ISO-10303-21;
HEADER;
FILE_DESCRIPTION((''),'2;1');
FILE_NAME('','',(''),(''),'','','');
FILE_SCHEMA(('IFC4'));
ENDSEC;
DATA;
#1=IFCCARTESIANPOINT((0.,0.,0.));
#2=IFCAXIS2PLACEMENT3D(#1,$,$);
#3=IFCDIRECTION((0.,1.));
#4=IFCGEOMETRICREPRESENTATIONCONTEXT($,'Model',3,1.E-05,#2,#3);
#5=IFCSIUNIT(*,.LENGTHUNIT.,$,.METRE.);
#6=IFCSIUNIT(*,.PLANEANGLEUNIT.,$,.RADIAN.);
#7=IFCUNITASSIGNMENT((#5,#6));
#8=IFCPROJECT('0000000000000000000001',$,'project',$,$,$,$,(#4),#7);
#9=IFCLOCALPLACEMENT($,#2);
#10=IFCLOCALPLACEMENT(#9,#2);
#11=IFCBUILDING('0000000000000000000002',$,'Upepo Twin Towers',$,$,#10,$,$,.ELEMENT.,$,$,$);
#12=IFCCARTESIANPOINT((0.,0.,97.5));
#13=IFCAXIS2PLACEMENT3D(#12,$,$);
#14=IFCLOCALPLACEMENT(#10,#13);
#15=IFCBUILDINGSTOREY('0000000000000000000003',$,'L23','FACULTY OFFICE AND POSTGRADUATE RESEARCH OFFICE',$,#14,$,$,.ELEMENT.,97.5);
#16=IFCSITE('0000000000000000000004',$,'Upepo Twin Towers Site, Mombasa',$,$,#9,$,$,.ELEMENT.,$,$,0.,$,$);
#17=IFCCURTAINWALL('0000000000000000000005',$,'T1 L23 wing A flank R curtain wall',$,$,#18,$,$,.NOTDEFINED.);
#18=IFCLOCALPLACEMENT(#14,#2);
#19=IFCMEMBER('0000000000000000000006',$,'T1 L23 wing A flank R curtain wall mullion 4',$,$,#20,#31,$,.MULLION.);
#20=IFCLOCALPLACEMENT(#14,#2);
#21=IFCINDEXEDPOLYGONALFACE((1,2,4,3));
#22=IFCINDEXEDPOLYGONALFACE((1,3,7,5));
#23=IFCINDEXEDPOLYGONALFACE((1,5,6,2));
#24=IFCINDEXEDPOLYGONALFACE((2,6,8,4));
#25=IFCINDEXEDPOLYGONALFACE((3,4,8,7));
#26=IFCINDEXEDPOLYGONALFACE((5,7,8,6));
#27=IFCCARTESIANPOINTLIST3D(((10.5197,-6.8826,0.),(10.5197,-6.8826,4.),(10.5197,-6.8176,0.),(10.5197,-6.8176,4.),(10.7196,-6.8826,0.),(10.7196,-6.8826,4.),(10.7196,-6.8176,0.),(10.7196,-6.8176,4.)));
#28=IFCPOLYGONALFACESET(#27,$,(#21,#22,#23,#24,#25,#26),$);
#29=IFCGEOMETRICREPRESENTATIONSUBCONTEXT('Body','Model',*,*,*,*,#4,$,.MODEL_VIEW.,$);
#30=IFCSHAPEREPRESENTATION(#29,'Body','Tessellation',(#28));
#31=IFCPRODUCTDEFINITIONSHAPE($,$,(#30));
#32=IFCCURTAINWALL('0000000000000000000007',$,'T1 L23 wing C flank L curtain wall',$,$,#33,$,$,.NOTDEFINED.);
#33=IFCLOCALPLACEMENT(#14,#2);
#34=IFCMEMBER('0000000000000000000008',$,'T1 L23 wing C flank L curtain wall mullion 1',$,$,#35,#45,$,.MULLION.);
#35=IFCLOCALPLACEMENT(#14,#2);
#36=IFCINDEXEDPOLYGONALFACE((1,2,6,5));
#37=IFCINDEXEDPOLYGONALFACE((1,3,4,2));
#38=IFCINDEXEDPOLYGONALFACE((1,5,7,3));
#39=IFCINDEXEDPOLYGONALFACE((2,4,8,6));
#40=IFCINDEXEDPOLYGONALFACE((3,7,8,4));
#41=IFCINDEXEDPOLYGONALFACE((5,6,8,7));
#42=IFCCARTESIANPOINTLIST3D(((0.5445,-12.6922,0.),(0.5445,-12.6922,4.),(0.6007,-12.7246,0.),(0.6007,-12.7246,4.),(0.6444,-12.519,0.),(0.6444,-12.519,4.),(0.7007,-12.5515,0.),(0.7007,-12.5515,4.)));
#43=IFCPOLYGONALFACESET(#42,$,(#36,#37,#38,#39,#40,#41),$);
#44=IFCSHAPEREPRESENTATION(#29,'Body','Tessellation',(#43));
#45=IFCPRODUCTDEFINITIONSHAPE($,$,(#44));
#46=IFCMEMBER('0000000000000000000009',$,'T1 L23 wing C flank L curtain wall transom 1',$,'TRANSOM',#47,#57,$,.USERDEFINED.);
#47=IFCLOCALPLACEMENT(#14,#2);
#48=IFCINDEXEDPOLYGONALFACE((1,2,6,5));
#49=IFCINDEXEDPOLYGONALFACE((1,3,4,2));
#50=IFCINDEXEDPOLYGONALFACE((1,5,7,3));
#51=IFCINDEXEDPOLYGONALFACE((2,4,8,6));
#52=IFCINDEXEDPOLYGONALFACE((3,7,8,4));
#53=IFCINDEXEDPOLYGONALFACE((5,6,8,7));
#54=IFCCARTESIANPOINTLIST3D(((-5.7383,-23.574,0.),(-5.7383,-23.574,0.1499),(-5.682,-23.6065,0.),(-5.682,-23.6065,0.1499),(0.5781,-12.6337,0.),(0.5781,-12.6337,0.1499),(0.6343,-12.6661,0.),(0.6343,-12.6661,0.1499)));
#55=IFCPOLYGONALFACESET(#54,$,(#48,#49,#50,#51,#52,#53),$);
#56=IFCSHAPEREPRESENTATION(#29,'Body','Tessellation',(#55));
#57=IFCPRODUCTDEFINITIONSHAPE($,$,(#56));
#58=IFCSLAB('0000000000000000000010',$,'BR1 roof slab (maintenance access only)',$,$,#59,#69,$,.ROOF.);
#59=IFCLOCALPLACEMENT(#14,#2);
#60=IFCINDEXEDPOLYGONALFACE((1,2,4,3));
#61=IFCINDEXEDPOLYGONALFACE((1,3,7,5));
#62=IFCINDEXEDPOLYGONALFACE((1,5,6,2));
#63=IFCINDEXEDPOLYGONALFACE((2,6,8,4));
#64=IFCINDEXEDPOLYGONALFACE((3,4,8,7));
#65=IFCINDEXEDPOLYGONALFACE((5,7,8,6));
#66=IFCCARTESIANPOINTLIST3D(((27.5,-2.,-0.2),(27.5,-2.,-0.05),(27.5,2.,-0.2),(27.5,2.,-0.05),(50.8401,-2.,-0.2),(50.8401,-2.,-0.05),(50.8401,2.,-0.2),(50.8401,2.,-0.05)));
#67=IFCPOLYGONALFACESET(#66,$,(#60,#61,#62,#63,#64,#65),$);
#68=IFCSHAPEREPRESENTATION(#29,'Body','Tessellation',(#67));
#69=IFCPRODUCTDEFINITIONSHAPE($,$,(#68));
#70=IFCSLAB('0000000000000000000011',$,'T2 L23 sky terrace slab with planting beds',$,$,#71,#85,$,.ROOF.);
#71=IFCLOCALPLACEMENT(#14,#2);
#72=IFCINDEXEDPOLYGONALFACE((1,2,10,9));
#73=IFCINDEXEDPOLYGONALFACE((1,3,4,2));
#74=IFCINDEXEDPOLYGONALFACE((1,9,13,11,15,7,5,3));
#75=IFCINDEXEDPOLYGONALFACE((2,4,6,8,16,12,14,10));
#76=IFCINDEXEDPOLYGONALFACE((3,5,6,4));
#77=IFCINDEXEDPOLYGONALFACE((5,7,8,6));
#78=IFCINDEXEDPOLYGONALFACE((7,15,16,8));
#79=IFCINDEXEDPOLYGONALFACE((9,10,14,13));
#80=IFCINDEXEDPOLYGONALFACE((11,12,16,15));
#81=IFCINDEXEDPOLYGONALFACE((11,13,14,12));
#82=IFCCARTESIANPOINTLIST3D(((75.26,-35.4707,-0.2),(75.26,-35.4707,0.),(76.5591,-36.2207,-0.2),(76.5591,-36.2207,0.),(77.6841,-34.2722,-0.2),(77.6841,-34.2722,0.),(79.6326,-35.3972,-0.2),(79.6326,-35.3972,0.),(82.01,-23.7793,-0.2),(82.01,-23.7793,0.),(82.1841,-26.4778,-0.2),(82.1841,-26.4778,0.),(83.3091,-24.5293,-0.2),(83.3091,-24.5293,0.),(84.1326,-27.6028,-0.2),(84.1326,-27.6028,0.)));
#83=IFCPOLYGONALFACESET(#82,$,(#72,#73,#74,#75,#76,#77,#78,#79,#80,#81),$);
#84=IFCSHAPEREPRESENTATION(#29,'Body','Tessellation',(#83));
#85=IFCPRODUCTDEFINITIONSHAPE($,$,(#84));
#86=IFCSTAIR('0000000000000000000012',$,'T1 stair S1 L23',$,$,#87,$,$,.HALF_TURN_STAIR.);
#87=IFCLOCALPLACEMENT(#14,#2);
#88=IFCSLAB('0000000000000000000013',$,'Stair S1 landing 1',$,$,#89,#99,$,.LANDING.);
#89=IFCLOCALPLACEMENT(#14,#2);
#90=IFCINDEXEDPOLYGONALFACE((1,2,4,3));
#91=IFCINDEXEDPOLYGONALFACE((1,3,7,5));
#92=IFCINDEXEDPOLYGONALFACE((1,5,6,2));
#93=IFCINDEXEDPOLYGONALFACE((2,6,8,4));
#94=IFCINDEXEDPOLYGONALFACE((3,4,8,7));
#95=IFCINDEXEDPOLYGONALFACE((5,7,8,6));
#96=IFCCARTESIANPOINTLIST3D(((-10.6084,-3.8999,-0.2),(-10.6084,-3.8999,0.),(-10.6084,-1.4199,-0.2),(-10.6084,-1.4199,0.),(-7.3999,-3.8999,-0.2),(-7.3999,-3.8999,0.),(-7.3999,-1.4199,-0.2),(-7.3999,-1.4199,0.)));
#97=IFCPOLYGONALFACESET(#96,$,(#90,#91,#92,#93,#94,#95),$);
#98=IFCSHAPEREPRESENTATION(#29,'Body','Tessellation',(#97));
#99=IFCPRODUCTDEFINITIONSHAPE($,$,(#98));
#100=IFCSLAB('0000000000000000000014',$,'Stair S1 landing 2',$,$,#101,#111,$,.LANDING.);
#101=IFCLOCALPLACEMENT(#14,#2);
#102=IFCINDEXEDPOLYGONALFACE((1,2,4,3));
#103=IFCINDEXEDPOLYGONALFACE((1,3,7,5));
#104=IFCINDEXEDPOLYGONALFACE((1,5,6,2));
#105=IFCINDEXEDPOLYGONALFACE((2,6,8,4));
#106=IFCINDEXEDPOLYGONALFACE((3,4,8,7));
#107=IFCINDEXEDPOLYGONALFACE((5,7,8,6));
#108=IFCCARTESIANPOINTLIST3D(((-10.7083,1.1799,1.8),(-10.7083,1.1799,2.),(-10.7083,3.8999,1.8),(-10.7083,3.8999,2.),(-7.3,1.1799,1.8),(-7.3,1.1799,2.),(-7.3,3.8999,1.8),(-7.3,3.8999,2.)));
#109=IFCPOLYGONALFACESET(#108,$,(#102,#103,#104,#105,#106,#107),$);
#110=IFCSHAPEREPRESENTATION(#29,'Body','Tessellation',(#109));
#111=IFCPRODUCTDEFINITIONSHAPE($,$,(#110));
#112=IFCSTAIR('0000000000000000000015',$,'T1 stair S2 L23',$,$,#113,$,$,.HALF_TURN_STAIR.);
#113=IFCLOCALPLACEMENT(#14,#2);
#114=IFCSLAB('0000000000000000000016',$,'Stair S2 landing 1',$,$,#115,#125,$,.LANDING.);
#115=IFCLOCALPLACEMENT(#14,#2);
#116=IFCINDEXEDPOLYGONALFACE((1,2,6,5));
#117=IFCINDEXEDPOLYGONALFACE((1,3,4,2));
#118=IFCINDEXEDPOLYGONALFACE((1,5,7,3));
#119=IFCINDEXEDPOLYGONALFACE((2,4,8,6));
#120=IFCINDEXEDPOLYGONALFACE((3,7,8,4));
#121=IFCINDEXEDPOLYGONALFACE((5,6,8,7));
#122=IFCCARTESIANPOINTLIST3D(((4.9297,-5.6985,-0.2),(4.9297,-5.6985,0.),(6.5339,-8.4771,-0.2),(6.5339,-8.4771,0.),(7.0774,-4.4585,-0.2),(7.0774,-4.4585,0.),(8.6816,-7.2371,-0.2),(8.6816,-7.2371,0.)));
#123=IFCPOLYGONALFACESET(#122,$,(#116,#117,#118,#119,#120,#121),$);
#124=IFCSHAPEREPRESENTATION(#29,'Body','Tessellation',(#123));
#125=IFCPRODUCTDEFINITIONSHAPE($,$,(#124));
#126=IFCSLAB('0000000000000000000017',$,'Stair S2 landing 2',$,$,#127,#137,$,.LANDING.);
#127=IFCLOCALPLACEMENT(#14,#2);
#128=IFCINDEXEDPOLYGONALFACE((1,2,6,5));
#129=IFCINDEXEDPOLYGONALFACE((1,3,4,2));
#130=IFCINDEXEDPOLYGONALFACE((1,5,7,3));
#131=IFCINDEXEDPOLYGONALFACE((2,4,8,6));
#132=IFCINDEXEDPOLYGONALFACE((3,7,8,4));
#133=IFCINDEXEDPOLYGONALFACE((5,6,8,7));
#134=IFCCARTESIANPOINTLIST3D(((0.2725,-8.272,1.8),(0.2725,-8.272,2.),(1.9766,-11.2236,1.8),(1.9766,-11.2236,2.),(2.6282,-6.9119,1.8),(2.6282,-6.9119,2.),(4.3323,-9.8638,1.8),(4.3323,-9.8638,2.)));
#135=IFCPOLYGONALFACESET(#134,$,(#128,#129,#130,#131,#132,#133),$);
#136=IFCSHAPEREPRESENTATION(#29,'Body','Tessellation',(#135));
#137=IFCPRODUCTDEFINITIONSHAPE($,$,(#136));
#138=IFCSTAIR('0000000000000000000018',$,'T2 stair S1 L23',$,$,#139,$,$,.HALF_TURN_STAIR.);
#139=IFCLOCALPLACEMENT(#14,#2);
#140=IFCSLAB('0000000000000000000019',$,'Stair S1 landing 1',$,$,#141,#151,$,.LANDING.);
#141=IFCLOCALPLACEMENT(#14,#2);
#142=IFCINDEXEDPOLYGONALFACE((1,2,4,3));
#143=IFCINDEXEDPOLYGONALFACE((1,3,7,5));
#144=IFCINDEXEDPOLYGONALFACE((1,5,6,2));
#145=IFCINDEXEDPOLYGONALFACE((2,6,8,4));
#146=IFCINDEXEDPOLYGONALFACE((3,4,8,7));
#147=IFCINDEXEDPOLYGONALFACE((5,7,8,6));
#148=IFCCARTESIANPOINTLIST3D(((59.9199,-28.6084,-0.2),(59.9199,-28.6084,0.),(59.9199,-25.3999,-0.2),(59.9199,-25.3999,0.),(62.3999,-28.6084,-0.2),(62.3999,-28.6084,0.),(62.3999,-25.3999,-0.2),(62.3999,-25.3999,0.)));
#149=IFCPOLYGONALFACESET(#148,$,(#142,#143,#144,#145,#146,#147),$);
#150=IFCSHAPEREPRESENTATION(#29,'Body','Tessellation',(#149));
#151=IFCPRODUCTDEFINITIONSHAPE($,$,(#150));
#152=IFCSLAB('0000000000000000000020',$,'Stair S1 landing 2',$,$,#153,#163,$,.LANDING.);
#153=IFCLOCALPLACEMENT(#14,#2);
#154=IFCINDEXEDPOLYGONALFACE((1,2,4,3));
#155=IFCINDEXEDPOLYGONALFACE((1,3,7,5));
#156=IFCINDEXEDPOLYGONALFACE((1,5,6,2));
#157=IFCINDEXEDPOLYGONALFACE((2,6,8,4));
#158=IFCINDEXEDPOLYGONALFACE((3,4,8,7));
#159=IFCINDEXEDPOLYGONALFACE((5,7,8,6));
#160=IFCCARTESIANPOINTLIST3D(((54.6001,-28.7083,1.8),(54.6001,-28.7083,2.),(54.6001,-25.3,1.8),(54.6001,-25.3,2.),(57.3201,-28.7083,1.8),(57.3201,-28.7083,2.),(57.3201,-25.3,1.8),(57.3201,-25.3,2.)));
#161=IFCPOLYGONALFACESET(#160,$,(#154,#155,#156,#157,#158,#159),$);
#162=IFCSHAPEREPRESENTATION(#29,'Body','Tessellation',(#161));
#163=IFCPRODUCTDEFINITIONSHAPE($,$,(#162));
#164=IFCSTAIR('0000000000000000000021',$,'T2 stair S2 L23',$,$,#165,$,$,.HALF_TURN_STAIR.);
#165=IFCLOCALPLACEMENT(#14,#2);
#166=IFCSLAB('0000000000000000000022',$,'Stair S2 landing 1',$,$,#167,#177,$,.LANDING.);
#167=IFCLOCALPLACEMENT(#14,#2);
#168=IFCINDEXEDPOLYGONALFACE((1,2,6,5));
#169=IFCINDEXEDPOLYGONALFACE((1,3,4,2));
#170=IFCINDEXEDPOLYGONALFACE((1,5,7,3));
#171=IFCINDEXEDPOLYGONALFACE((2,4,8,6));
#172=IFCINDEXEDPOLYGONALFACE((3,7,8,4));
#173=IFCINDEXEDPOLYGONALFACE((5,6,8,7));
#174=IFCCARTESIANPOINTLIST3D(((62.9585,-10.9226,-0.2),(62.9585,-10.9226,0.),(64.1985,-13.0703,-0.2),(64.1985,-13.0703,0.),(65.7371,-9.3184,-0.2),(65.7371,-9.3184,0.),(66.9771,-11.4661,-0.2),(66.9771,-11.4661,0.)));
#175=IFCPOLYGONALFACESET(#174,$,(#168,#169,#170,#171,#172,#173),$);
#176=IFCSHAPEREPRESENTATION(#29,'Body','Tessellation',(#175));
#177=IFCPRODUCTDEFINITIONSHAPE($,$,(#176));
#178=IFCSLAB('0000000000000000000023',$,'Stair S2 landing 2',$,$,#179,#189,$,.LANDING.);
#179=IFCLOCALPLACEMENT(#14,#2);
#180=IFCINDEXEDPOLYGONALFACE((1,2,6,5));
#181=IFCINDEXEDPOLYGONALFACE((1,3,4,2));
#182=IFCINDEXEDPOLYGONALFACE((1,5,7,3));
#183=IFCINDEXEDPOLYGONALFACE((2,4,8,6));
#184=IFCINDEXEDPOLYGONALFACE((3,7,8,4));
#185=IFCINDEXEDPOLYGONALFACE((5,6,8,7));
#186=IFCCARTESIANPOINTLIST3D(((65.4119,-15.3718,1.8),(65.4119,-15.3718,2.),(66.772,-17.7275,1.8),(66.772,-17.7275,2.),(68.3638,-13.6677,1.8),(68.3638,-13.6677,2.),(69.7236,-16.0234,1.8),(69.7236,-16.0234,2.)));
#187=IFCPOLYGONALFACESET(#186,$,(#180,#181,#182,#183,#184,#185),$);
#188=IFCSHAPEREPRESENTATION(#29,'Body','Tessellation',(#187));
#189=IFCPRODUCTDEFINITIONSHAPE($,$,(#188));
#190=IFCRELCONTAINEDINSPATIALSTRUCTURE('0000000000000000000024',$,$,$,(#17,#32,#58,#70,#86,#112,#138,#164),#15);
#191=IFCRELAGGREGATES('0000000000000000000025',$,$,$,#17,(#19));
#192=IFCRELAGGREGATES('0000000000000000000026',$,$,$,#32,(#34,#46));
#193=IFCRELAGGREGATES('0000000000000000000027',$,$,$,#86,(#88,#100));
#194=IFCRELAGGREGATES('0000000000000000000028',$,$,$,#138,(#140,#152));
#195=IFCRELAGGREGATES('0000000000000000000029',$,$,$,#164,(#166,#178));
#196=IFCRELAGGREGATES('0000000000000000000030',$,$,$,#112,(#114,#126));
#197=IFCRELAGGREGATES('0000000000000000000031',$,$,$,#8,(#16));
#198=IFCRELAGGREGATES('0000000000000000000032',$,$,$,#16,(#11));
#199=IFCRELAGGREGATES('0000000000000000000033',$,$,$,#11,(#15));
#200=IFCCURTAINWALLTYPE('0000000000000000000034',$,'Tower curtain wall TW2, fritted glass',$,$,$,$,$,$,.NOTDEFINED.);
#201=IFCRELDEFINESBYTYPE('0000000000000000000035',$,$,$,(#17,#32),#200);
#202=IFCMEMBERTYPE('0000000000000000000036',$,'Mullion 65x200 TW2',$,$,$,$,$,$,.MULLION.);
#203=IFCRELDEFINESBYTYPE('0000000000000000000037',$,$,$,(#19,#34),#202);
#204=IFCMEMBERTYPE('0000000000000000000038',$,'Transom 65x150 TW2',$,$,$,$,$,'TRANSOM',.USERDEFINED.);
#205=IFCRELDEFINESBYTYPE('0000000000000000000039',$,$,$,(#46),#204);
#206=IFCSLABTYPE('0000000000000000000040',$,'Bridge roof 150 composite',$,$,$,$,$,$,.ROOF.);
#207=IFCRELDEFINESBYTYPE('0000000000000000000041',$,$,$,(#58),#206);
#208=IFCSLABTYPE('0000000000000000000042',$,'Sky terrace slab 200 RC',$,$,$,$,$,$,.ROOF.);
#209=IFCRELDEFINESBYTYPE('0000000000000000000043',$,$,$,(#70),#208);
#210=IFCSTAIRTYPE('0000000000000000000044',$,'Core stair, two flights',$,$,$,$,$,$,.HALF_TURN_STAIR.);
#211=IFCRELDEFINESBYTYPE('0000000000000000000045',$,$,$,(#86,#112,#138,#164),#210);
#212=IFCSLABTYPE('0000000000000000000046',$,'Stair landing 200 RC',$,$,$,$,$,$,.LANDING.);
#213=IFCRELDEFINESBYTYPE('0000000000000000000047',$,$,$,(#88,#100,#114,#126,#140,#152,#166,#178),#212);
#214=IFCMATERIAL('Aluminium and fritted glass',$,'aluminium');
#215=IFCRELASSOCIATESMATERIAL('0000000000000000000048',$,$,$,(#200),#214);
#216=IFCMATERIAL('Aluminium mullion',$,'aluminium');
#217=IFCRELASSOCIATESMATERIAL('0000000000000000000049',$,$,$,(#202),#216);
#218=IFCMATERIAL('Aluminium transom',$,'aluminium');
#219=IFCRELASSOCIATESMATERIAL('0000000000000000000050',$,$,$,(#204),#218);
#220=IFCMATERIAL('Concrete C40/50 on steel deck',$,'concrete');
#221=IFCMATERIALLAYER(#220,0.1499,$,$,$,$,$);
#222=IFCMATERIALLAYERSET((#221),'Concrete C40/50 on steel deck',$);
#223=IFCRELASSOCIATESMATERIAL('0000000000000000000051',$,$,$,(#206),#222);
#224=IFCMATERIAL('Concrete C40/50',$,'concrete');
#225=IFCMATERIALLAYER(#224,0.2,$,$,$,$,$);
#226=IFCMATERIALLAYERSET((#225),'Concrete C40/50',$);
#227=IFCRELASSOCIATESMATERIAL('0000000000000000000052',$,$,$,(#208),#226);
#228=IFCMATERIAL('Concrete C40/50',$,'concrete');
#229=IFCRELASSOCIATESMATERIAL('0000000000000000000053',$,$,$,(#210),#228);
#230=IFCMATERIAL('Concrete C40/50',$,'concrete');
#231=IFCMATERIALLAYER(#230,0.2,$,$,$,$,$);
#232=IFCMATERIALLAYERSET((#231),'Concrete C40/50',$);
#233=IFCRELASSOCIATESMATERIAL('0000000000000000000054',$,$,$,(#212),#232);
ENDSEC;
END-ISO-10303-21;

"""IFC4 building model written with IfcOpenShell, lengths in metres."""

from ifc_helpers import new_model, si_unit, direction, frame, origin, origin_2d, place, context, subcontext, project, spatial, polyline, rectangle, outline, extrude, material, layer, layer_set, material_profile, profile_set, type_object, element, aggregate, save


model = new_model("IFC4")

# Units and contexts
model_context = context("Model", 3, precision=1e-05, world=origin(), true_north=direction((0.0, 1.0)))
body_context = subcontext(model_context, "Body", "Model", "MODEL_VIEW")
ifc_project = project(units=[si_unit("LENGTHUNIT", "METRE"), si_unit("PLANEANGLEUNIT", "RADIAN")], contexts=[model_context])

# Site, building, storey
site_placement = place(None, origin())
site = spatial("IfcSite", under=ifc_project, at=site_placement, Name="Upepo Twin Towers Site, Mombasa", CompositionType="ELEMENT", RefElevation=0.0)
building_placement = place(site_placement, origin())
building = spatial("IfcBuilding", under=site, at=building_placement, Name="Upepo Twin Towers", CompositionType="ELEMENT")
storey_placement = place(building_placement, frame((0.0, 0.0, 97.5)))
storey = spatial("IfcBuildingStorey", under=building, at=storey_placement, Name="L23", Description="FACULTY OFFICE AND POSTGRADUATE RESEARCH OFFICE", CompositionType="ELEMENT", Elevation=97.5)

# Curtain wall, member
ifc_material_1 = material(Name="Aluminium and fritted glass", Category="aluminium")
curtain_wall_type = type_object("IfcCurtainWallType", Name="Tower curtain wall TW2, fritted glass", PredefinedType="NOTDEFINED", material=ifc_material_1)
curtain_wall_1_placement = place(storey_placement, origin())
curtain_wall_1 = element("IfcCurtainWall", 1, at=curtain_wall_1_placement, inside=storey, type_object=curtain_wall_type, Name="T1 L23 wing A flank R curtain wall", PredefinedType="NOTDEFINED")
ifc_material_2 = material(Name="Aluminium mullion", Category="aluminium")
ifc_material_profile_1 = material_profile(ifc_material_2, rectangle(XDim=0.0649, YDim=0.2, at=origin_2d()), Name="MULLION 65x200")
ifc_profile_set_1 = profile_set([ifc_material_profile_1], Name="Aluminium mullion")
member_type_1 = type_object("IfcMemberType", Name="Mullion 65x200 TW2", PredefinedType="MULLION", material=ifc_profile_set_1)
member_1_placement = place(storey_placement, frame((10.6196, -6.8501, 0.0), z_axis=(0.0, 0.0, 1.0), x_axis=(0.0, -1.0, 0.0)))
member_1 = element("IfcMember", 2, at=member_1_placement, type_object=member_type_1, Name="T1 L23 wing A flank R curtain wall mullion 4", PredefinedType="MULLION", context=body_context, shape_type="SweptSolid", body=[
    extrude(rectangle(XDim=0.0649, YDim=0.2, at=origin_2d()), origin(), (0.0, 0.0, 1.0), 4.0),
])
aggregate(curtain_wall_1, [member_1])

# Curtain wall, members
curtain_wall_2_placement = place(storey_placement, origin())
curtain_wall_2 = element("IfcCurtainWall", 3, at=curtain_wall_2_placement, inside=storey, type_object=curtain_wall_type, Name="T1 L23 wing C flank L curtain wall", PredefinedType="NOTDEFINED")
member_2_placement = place(storey_placement, frame((0.6226, -12.6218, 0.0), z_axis=(0.0, 0.0, 1.0), x_axis=(0.866025, -0.5, 0.0)))
member_2 = element("IfcMember", 4, at=member_2_placement, type_object=member_type_1, Name="T1 L23 wing C flank L curtain wall mullion 1", PredefinedType="MULLION", context=body_context, shape_type="SweptSolid", body=[
    extrude(rectangle(XDim=0.0649, YDim=0.2, at=origin_2d()), origin(), (0.0, 0.0, 1.0), 4.0),
])
ifc_material_3 = material(Name="Aluminium transom", Category="aluminium")
ifc_material_profile_2 = material_profile(ifc_material_3, rectangle(XDim=0.0649, YDim=0.1499, at=origin_2d()), Name="TRANSOM 65x150")
ifc_profile_set_2 = profile_set([ifc_material_profile_2], Name="Aluminium transom")
member_type_2 = type_object("IfcMemberType", Name="Transom 65x150 TW2", ElementType="TRANSOM", PredefinedType="USERDEFINED", material=ifc_profile_set_2)
member_3_placement = place(storey_placement, frame((0.6062, -12.6499, 0.075), z_axis=(-0.499997, -0.866027, 0.0), x_axis=(0.866027, -0.499997, 0.0)))
member_3 = element("IfcMember", 5, at=member_3_placement, type_object=member_type_2, Name="T1 L23 wing C flank L curtain wall transom 1", ObjectType="TRANSOM", PredefinedType="USERDEFINED", context=body_context, shape_type="SweptSolid", body=[
    extrude(rectangle(XDim=0.0649, YDim=0.1499, at=origin_2d()), origin(), (0.0, 0.0, 1.0), 12.6328),
])
aggregate(curtain_wall_2, [member_2, member_3])

# Slabs
ifc_material_4 = material(Name="Concrete C40/50 on steel deck", Category="concrete")
ifc_layer_1 = layer(ifc_material_4, 0.1499)
ifc_layer_set_1 = layer_set([ifc_layer_1], Name="Concrete C40/50 on steel deck")
slab_type_1 = type_object("IfcSlabType", Name="Bridge roof 150 composite", PredefinedType="ROOF", material=ifc_layer_set_1)
slab_1_placement = place(storey_placement, frame((0.0, 0.0, -0.2)))
element("IfcSlab", 6, at=slab_1_placement, inside=storey, type_object=slab_type_1, Name="BR1 roof slab (maintenance access only)", PredefinedType="ROOF", context=body_context, shape_type="SweptSolid", body=[
    extrude(outline(polyline([(27.5, -2.0), (50.8401, -2.0), (50.8401, 2.0), (27.5, 2.0), (27.5, -2.0)])), origin(), (0.0, 0.0, 1.0), 0.1499),
])
ifc_material_5 = material(Name="Concrete C40/50", Category="concrete")
ifc_layer_2 = layer(ifc_material_5, 0.2)
ifc_layer_set_2 = layer_set([ifc_layer_2], Name="Concrete C40/50")
slab_type_2 = type_object("IfcSlabType", Name="Sky terrace slab 200 RC", PredefinedType="ROOF", material=ifc_layer_set_2)
slab_2_placement = place(storey_placement, frame((0.0, 0.0, -0.2)))
element("IfcSlab", 7, at=slab_2_placement, inside=storey, type_object=slab_type_2, Name="T2 L23 sky terrace slab with planting beds", PredefinedType="ROOF", context=body_context, shape_type="SweptSolid", body=[
    extrude(outline(polyline([(84.1326, -27.6028), (79.6326, -35.3972), (77.6841, -34.2722), (76.5591, -36.2207), (64.5, -29.2583), (75.26, -35.4707), (82.01, -23.7793), (71.25, -17.5669), (83.3091, -24.5293), (82.1841, -26.4778), (84.1326, -27.6028)])), origin(), (0.0, 0.0, 1.0), 0.2),
])

# Stairs, slabs
ifc_material_6 = material(Name="Concrete C40/50", Category="concrete")
stair_type = type_object("IfcStairType", Name="Core stair, two flights", PredefinedType="HALF_TURN_STAIR", material=ifc_material_6)
stair_1_placement = place(storey_placement, origin())
stair_1 = element("IfcStair", 8, at=stair_1_placement, inside=storey, type_object=stair_type, Name="T1 stair S1 L23", PredefinedType="HALF_TURN_STAIR")
ifc_material_7 = material(Name="Concrete C40/50", Category="concrete")
ifc_layer_3 = layer(ifc_material_7, 0.2)
ifc_layer_set_3 = layer_set([ifc_layer_3], Name="Concrete C40/50")
slab_type_3 = type_object("IfcSlabType", Name="Stair landing 200 RC", PredefinedType="LANDING", material=ifc_layer_set_3)
slab_3_placement = place(storey_placement, frame((0.0, 0.0, -0.2)))
slab_3 = element("IfcSlab", 9, at=slab_3_placement, type_object=slab_type_3, Name="Stair S1 landing 1", PredefinedType="LANDING", context=body_context, shape_type="SweptSolid", body=[
    extrude(outline(polyline([(-7.3999, -1.4199), (-10.6084, -1.4199), (-10.6084, -3.8999), (-7.3999, -3.8999), (-7.3999, -1.4199)])), origin(), (0.0, 0.0, 1.0), 0.2),
])
slab_4_placement = place(storey_placement, frame((0.0, 0.0, 1.8)))
slab_4 = element("IfcSlab", 10, at=slab_4_placement, type_object=slab_type_3, Name="Stair S1 landing 2", PredefinedType="LANDING", context=body_context, shape_type="SweptSolid", body=[
    extrude(outline(polyline([(-7.3, 3.8999), (-10.7083, 3.8999), (-10.7083, 1.1799), (-7.3, 1.1799), (-7.3, 3.8999)])), origin(), (0.0, 0.0, 1.0), 0.2),
])
aggregate(stair_1, [slab_3, slab_4])
stair_2_placement = place(storey_placement, origin())
stair_2 = element("IfcStair", 11, at=stair_2_placement, inside=storey, type_object=stair_type, Name="T1 stair S2 L23", PredefinedType="HALF_TURN_STAIR")
slab_5_placement = place(storey_placement, frame((0.0, 0.0, -0.2)))
slab_5 = element("IfcSlab", 12, at=slab_5_placement, type_object=slab_type_3, Name="Stair S2 landing 1", PredefinedType="LANDING", context=body_context, shape_type="SweptSolid", body=[
    extrude(outline(polyline([(4.9297, -5.6985), (6.5339, -8.4771), (8.6816, -7.2371), (7.0774, -4.4585), (4.9297, -5.6985)])), origin(), (0.0, 0.0, 1.0), 0.2),
])
slab_6_placement = place(storey_placement, frame((0.0, 0.0, 1.8)))
slab_6 = element("IfcSlab", 13, at=slab_6_placement, type_object=slab_type_3, Name="Stair S2 landing 2", PredefinedType="LANDING", context=body_context, shape_type="SweptSolid", body=[
    extrude(outline(polyline([(0.2725, -8.272), (1.9766, -11.2236), (4.3323, -9.8638), (2.6282, -6.9119), (0.2725, -8.272)])), origin(), (0.0, 0.0, 1.0), 0.2),
])
stair_3_placement = place(storey_placement, origin())
stair_3 = element("IfcStair", 14, at=stair_3_placement, inside=storey, type_object=stair_type, Name="T2 stair S1 L23", PredefinedType="HALF_TURN_STAIR")
slab_7_placement = place(storey_placement, frame((0.0, 0.0, -0.2)))
slab_7 = element("IfcSlab", 15, at=slab_7_placement, type_object=slab_type_3, Name="Stair S1 landing 1", PredefinedType="LANDING", context=body_context, shape_type="SweptSolid", body=[
    extrude(outline(polyline([(59.9199, -25.3999), (59.9199, -28.6084), (62.3999, -28.6084), (62.3999, -25.3999), (59.9199, -25.3999)])), origin(), (0.0, 0.0, 1.0), 0.2),
])
slab_8_placement = place(storey_placement, frame((0.0, 0.0, 1.8)))
slab_8 = element("IfcSlab", 16, at=slab_8_placement, type_object=slab_type_3, Name="Stair S1 landing 2", PredefinedType="LANDING", context=body_context, shape_type="SweptSolid", body=[
    extrude(outline(polyline([(54.6001, -25.3), (54.6001, -28.7083), (57.3201, -28.7083), (57.3201, -25.3), (54.6001, -25.3)])), origin(), (0.0, 0.0, 1.0), 0.2),
])
aggregate(stair_3, [slab_7, slab_8])
stair_4_placement = place(storey_placement, origin())
stair_4 = element("IfcStair", 17, at=stair_4_placement, inside=storey, type_object=stair_type, Name="T2 stair S2 L23", PredefinedType="HALF_TURN_STAIR")
slab_9_placement = place(storey_placement, frame((0.0, 0.0, -0.2)))
slab_9 = element("IfcSlab", 18, at=slab_9_placement, type_object=slab_type_3, Name="Stair S2 landing 1", PredefinedType="LANDING", context=body_context, shape_type="SweptSolid", body=[
    extrude(outline(polyline([(64.1985, -13.0703), (66.9771, -11.4661), (65.7371, -9.3184), (62.9585, -10.9226), (64.1985, -13.0703)])), origin(), (0.0, 0.0, 1.0), 0.2),
])
slab_10_placement = place(storey_placement, frame((0.0, 0.0, 1.8)))
slab_10 = element("IfcSlab", 19, at=slab_10_placement, type_object=slab_type_3, Name="Stair S2 landing 2", PredefinedType="LANDING", context=body_context, shape_type="SweptSolid", body=[
    extrude(outline(polyline([(66.772, -17.7275), (69.7236, -16.0234), (68.3638, -13.6677), (65.4119, -15.3718), (66.772, -17.7275)])), origin(), (0.0, 0.0, 1.0), 0.2),
])
aggregate(stair_4, [slab_9, slab_10])

aggregate(stair_2, [slab_5, slab_6])

save(model, "model.ifc")
